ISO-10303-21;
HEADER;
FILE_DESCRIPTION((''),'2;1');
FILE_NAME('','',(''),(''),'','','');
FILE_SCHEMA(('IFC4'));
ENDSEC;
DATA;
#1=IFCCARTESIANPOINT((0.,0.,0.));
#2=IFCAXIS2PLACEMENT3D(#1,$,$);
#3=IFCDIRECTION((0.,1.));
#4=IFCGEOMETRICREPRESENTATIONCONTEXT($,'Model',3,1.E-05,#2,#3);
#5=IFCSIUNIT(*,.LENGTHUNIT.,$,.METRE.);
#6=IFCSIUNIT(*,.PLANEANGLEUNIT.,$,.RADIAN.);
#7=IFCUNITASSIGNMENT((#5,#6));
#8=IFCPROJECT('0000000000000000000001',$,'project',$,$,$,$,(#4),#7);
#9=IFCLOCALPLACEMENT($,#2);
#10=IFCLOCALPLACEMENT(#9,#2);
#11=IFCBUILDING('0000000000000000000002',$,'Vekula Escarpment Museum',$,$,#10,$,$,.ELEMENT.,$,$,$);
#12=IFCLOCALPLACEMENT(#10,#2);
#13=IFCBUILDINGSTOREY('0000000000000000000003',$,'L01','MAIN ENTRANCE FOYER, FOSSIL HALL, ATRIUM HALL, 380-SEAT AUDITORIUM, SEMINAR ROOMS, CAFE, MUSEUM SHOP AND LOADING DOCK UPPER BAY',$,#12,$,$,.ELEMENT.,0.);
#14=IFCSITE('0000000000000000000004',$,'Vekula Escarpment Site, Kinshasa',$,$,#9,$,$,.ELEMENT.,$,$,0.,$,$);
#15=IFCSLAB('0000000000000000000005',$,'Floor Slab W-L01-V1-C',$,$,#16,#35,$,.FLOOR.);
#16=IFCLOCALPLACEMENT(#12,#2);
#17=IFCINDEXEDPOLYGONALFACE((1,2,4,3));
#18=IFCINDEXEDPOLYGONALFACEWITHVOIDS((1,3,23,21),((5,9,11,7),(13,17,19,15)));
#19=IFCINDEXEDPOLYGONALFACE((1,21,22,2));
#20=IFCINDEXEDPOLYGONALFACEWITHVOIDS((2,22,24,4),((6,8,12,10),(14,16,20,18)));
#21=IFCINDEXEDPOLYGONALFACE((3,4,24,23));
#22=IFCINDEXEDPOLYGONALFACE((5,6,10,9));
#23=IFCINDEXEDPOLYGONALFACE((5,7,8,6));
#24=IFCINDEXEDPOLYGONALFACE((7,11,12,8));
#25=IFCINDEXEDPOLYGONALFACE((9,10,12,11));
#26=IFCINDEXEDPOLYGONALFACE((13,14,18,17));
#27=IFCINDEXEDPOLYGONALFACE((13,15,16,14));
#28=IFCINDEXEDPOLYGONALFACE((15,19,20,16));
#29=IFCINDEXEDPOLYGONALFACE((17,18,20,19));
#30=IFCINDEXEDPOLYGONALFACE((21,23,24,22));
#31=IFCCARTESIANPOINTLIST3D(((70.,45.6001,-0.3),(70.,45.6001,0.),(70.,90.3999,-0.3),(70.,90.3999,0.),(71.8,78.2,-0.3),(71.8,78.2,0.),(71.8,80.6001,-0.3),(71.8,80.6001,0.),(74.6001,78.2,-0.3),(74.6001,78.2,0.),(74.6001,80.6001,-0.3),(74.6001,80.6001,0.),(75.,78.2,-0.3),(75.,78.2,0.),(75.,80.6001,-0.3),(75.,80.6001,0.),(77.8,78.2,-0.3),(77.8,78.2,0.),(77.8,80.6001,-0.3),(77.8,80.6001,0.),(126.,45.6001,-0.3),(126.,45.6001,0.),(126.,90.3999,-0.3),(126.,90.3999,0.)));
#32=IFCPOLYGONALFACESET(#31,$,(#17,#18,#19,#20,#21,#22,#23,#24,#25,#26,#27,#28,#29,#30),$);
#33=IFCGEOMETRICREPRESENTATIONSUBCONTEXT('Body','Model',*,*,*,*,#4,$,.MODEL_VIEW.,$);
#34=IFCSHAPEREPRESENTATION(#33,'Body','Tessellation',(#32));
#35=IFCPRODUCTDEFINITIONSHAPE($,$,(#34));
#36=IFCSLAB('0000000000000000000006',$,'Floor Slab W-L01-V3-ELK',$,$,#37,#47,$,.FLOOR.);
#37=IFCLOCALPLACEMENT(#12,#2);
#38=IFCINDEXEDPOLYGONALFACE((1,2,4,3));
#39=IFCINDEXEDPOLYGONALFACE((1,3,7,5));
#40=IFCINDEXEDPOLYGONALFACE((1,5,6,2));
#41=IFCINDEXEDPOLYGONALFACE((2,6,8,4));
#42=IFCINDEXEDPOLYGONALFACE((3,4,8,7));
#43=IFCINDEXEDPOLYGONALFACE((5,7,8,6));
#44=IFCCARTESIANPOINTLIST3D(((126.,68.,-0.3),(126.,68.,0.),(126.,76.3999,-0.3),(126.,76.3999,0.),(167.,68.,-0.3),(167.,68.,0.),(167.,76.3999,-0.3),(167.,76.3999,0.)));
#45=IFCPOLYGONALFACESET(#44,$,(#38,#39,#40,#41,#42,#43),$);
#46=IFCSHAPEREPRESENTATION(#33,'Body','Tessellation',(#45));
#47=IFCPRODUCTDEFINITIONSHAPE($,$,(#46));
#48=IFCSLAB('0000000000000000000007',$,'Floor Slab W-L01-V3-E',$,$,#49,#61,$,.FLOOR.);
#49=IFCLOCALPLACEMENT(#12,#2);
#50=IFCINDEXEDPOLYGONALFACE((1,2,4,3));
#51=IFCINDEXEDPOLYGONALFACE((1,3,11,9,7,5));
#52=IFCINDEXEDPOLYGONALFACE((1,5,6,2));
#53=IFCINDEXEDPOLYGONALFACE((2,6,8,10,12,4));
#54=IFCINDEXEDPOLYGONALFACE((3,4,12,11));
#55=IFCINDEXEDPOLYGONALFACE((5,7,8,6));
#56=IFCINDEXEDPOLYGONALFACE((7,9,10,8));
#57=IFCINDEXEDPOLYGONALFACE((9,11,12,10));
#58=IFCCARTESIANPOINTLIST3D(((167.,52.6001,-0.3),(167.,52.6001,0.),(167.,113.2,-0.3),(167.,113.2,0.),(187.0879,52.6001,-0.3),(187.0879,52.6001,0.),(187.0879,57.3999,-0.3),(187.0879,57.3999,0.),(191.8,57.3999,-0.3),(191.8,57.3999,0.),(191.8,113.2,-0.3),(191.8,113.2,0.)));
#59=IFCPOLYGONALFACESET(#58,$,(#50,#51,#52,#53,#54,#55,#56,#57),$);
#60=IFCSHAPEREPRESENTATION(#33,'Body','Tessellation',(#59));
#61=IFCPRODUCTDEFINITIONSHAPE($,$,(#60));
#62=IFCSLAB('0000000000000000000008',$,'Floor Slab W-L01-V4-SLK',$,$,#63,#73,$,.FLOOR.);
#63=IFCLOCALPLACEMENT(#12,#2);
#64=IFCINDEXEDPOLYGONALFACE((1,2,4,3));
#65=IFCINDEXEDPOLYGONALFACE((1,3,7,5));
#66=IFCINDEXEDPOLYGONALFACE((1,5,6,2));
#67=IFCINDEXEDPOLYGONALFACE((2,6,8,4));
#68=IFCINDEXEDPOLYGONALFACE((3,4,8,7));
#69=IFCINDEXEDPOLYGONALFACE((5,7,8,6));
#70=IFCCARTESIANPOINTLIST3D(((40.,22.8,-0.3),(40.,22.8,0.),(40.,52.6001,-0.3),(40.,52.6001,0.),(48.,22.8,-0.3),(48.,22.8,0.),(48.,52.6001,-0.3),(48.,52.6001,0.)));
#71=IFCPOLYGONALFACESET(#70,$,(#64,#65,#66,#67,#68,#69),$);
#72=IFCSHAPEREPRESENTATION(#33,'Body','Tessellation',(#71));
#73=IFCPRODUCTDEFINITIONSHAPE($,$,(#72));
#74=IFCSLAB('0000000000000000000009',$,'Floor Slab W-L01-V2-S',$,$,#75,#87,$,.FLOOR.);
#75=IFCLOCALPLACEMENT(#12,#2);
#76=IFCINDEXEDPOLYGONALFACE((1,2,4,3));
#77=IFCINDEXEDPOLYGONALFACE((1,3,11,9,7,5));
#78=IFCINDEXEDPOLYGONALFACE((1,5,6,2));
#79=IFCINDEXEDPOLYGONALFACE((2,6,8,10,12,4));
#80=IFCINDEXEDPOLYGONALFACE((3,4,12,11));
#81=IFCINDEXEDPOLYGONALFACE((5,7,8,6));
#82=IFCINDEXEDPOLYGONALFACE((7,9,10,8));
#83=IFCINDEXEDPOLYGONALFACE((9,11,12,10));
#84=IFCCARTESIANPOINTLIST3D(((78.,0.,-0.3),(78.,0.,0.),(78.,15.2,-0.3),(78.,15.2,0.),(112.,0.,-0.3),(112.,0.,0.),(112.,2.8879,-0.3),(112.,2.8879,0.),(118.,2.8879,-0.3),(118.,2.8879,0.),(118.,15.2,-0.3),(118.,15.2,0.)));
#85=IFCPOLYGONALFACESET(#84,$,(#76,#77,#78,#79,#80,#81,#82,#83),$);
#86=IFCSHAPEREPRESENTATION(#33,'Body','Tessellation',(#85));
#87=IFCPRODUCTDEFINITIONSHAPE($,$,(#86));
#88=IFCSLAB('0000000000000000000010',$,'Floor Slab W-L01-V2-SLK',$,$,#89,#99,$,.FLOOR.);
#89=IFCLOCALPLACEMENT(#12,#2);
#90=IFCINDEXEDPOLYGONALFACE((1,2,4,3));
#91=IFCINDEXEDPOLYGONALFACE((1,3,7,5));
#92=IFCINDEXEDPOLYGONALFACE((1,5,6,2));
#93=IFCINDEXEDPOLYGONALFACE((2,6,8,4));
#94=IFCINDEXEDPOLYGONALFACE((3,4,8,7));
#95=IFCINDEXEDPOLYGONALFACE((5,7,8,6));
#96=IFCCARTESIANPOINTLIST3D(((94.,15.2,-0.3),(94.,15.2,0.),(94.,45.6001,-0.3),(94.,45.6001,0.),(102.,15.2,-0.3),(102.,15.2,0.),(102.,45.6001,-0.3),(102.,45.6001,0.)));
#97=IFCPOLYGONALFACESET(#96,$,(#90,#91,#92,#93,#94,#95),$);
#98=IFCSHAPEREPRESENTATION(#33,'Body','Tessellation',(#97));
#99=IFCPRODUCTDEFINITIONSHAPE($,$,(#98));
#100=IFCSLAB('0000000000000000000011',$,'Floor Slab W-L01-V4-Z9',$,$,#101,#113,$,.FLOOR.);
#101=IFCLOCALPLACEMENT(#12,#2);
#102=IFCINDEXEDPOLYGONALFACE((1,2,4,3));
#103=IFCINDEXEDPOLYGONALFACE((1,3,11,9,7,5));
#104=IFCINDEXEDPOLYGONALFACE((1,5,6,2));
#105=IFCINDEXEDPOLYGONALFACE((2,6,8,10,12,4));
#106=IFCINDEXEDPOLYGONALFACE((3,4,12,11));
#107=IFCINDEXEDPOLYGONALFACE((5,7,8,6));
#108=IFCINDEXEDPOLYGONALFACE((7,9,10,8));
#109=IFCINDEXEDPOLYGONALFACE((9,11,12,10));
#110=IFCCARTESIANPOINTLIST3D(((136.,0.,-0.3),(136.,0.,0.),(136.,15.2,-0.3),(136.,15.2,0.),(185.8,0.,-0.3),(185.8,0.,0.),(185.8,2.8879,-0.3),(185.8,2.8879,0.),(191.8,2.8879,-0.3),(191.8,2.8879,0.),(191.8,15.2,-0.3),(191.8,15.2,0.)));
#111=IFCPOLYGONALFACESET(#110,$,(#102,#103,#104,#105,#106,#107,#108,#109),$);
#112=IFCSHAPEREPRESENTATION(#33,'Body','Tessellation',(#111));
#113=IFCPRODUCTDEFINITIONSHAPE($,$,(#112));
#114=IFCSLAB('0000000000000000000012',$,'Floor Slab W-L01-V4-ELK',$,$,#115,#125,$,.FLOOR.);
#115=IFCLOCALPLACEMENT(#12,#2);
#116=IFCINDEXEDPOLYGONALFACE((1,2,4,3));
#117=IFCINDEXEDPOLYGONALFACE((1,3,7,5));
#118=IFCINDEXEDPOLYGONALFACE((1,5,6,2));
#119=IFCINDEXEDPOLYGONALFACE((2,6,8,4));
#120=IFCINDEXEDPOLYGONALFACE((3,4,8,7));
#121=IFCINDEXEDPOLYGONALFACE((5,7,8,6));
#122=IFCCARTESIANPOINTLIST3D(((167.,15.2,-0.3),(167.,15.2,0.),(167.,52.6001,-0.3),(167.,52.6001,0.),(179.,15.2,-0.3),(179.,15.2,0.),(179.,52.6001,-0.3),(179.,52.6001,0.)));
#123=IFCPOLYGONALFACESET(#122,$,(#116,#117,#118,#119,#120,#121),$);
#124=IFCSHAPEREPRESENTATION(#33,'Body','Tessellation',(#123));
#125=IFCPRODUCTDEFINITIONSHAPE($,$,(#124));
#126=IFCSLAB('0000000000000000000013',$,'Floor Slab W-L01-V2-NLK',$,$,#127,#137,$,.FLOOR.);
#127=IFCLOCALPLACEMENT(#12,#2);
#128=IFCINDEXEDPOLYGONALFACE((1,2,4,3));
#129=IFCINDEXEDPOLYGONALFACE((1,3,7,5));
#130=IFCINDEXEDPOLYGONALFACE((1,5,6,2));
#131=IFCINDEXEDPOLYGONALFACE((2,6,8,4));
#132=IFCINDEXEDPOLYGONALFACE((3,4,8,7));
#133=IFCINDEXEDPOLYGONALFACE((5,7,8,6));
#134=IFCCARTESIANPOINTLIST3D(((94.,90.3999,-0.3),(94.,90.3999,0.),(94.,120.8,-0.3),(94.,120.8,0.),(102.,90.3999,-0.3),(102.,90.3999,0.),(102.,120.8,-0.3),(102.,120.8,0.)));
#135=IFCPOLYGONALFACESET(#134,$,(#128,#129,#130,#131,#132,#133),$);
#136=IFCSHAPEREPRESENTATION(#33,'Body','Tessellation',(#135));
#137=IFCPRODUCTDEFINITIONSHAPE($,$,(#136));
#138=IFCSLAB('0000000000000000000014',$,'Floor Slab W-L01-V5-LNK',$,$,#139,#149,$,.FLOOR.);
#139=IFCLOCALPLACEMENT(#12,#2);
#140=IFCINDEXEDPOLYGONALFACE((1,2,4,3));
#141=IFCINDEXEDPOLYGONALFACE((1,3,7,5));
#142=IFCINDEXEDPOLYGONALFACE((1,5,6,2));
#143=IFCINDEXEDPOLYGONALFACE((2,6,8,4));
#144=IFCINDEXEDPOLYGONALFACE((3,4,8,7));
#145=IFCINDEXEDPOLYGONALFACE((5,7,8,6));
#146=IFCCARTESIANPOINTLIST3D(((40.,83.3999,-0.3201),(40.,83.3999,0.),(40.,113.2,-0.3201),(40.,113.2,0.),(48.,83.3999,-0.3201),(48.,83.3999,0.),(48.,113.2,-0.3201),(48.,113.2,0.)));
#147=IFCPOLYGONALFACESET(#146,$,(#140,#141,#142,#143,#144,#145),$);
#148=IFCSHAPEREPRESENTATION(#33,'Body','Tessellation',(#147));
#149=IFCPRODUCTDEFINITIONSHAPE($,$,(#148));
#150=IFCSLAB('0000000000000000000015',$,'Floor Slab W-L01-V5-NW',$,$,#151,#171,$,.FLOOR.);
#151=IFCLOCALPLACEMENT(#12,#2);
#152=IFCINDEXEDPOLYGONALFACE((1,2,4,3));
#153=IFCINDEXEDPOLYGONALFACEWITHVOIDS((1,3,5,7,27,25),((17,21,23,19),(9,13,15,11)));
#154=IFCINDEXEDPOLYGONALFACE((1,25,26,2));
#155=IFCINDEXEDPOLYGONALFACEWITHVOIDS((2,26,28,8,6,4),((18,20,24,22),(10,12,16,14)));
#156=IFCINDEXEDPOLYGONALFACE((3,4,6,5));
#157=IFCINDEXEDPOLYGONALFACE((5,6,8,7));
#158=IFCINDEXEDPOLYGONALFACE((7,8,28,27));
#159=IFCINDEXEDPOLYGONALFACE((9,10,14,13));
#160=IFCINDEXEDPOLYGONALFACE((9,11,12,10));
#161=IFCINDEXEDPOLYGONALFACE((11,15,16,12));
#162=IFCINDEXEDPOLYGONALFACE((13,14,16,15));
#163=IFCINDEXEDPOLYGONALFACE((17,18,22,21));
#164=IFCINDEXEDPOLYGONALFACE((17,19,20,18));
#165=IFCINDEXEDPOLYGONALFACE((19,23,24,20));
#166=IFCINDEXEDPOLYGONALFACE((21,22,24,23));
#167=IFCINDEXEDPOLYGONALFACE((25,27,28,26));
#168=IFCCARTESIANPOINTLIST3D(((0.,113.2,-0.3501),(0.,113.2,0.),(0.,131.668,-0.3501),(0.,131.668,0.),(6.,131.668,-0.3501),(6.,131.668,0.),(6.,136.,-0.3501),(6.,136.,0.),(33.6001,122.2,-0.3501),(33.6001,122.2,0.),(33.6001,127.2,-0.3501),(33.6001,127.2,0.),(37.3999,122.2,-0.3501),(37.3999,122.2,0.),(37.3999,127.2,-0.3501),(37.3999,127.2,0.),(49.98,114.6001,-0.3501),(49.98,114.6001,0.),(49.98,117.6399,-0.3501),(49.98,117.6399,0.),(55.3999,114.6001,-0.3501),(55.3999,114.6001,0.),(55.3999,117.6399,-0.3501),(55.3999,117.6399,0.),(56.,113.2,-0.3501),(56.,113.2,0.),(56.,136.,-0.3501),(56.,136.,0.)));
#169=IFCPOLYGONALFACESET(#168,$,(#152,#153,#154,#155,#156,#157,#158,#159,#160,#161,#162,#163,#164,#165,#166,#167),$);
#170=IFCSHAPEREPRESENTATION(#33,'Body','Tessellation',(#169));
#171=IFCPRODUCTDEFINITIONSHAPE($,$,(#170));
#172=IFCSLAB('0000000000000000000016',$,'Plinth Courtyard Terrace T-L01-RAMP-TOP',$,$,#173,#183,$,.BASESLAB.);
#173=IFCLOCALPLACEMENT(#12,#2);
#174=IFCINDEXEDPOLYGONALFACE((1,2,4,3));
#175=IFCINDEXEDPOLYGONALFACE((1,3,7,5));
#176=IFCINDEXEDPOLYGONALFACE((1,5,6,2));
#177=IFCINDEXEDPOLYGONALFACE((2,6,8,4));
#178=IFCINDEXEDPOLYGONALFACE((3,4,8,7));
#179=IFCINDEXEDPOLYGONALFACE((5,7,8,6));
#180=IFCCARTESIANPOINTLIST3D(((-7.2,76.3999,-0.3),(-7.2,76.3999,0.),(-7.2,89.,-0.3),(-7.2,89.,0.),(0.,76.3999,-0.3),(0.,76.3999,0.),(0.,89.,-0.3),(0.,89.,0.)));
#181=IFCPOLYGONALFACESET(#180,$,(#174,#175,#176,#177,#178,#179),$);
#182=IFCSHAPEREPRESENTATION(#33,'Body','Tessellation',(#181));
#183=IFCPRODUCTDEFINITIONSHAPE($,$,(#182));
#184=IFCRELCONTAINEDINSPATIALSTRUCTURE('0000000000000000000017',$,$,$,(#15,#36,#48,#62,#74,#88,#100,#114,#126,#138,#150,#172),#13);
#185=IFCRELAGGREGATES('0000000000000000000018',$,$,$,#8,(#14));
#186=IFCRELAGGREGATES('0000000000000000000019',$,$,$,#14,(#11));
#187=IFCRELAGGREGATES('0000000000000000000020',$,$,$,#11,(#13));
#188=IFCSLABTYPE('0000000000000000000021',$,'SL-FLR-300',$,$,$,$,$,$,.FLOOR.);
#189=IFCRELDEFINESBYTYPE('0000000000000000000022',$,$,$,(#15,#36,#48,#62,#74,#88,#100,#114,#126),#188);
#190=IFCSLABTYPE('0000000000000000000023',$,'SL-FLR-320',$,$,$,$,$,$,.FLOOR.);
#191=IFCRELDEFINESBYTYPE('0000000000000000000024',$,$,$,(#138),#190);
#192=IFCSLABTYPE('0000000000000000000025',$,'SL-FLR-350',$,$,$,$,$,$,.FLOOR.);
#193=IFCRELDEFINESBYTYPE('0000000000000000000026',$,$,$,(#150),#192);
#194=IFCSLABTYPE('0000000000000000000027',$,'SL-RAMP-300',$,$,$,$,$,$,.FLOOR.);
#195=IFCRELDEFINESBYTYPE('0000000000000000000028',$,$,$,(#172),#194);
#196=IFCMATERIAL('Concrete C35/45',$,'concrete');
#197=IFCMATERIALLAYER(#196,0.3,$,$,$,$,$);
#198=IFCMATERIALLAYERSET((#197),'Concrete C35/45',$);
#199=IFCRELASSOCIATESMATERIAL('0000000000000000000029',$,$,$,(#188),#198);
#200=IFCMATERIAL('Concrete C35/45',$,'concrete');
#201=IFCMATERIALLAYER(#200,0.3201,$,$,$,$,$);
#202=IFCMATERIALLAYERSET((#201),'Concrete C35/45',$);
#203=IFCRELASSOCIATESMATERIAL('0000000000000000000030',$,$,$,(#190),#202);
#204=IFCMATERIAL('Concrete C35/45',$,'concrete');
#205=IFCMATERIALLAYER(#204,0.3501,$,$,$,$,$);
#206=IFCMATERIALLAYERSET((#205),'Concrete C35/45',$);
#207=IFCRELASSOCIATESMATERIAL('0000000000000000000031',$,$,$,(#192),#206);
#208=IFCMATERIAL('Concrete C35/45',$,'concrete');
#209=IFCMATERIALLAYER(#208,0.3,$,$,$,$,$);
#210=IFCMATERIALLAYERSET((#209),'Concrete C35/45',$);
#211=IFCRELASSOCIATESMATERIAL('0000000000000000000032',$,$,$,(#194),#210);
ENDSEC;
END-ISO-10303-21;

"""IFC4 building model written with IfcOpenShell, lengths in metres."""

from ifc_helpers import new_model, si_unit, direction, frame, origin, place, context, subcontext, project, spatial, polyline, outline, extrude, material, layer, layer_set, type_object, element, save


model = new_model("IFC4")

# Units and contexts
model_context = context("Model", 3, precision=1e-05, world=origin(), true_north=direction((0.0, 1.0)))
body_context = subcontext(model_context, "Body", "Model", "MODEL_VIEW")
ifc_project = project(units=[si_unit("LENGTHUNIT", "METRE"), si_unit("PLANEANGLEUNIT", "RADIAN")], contexts=[model_context])

# Site, building, storey
site_placement = place(None, origin())
site = spatial("IfcSite", under=ifc_project, at=site_placement, Name="Vekula Escarpment Site, Kinshasa", CompositionType="ELEMENT", RefElevation=0.0)
building_placement = place(site_placement, origin())
building = spatial("IfcBuilding", under=site, at=building_placement, Name="Vekula Escarpment Museum", CompositionType="ELEMENT")
storey_placement = place(building_placement, origin())
storey = spatial("IfcBuildingStorey", under=building, at=storey_placement, Name="L01", Description="MAIN ENTRANCE FOYER, FOSSIL HALL, ATRIUM HALL, 380-SEAT AUDITORIUM, SEMINAR ROOMS, CAFE, MUSEUM SHOP AND LOADING DOCK UPPER BAY", CompositionType="ELEMENT", Elevation=0.0)

# Slabs
ifc_material_1 = material(Name="Concrete C35/45", Category="concrete")
ifc_layer_1 = layer(ifc_material_1, 0.3)
ifc_layer_set_1 = layer_set([ifc_layer_1], Name="Concrete C35/45")
slab_type_1 = type_object("IfcSlabType", Name="SL-FLR-300", PredefinedType="FLOOR", material=ifc_layer_set_1)
slab_1_placement = place(storey_placement, frame((0.0, 0.0, -0.3)))
element("IfcSlab", 1, at=slab_1_placement, inside=storey, type_object=slab_type_1, Name="Floor Slab W-L01-V1-C", PredefinedType="FLOOR", context=body_context, shape_type="SweptSolid", body=[
    extrude(outline(polyline([(70.0, 45.6001), (126.0, 45.6001), (126.0, 90.3999), (70.0, 90.3999), (70.0, 45.6001)]), holes=[polyline([(71.8, 78.2), (74.6001, 78.2), (74.6001, 80.6001), (71.8, 80.6001), (71.8, 78.2)]), polyline([(75.0, 78.2), (77.8, 78.2), (77.8, 80.6001), (75.0, 80.6001), (75.0, 78.2)])]), origin(), (0.0, 0.0, 1.0), 0.3),
])
slab_2_placement = place(storey_placement, frame((0.0, 0.0, -0.3)))
element("IfcSlab", 2, at=slab_2_placement, inside=storey, type_object=slab_type_1, Name="Floor Slab W-L01-V3-ELK", PredefinedType="FLOOR", context=body_context, shape_type="SweptSolid", body=[
    extrude(outline(polyline([(126.0, 68.0), (167.0, 68.0), (167.0, 76.3999), (126.0, 76.3999), (126.0, 68.0)])), origin(), (0.0, 0.0, 1.0), 0.3),
])
slab_3_placement = place(storey_placement, frame((0.0, 0.0, -0.3)))
element("IfcSlab", 3, at=slab_3_placement, inside=storey, type_object=slab_type_1, Name="Floor Slab W-L01-V3-E", PredefinedType="FLOOR", context=body_context, shape_type="SweptSolid", body=[
    extrude(outline(polyline([(167.0, 52.6001), (187.0879, 52.6001), (187.0879, 57.3999), (191.8, 57.3999), (191.8, 113.2), (167.0, 113.2), (167.0, 52.6001)])), origin(), (0.0, 0.0, 1.0), 0.3),
])
slab_4_placement = place(storey_placement, frame((0.0, 0.0, -0.3)))
element("IfcSlab", 4, at=slab_4_placement, inside=storey, type_object=slab_type_1, Name="Floor Slab W-L01-V4-SLK", PredefinedType="FLOOR", context=body_context, shape_type="SweptSolid", body=[
    extrude(outline(polyline([(40.0, 22.8), (48.0, 22.8), (48.0, 52.6001), (40.0, 52.6001), (40.0, 22.8)])), origin(), (0.0, 0.0, 1.0), 0.3),
])
slab_5_placement = place(storey_placement, frame((0.0, 0.0, -0.3)))
element("IfcSlab", 5, at=slab_5_placement, inside=storey, type_object=slab_type_1, Name="Floor Slab W-L01-V2-S", PredefinedType="FLOOR", context=body_context, shape_type="SweptSolid", body=[
    extrude(outline(polyline([(78.0, 0.0), (112.0, 0.0), (112.0, 2.8879), (118.0, 2.8879), (118.0, 15.2), (78.0, 15.2), (78.0, 0.0)])), origin(), (0.0, 0.0, 1.0), 0.3),
])
slab_6_placement = place(storey_placement, frame((0.0, 0.0, -0.3)))
element("IfcSlab", 6, at=slab_6_placement, inside=storey, type_object=slab_type_1, Name="Floor Slab W-L01-V2-SLK", PredefinedType="FLOOR", context=body_context, shape_type="SweptSolid", body=[
    extrude(outline(polyline([(94.0, 15.2), (102.0, 15.2), (102.0, 45.6001), (94.0, 45.6001), (94.0, 15.2)])), origin(), (0.0, 0.0, 1.0), 0.3),
])
slab_7_placement = place(storey_placement, frame((0.0, 0.0, -0.3)))
element("IfcSlab", 7, at=slab_7_placement, inside=storey, type_object=slab_type_1, Name="Floor Slab W-L01-V4-Z9", PredefinedType="FLOOR", context=body_context, shape_type="SweptSolid", body=[
    extrude(outline(polyline([(136.0, 0.0), (185.8, 0.0), (185.8, 2.8879), (191.8, 2.8879), (191.8, 15.2), (136.0, 15.2), (136.0, 0.0)])), origin(), (0.0, 0.0, 1.0), 0.3),
])
slab_8_placement = place(storey_placement, frame((0.0, 0.0, -0.3)))
element("IfcSlab", 8, at=slab_8_placement, inside=storey, type_object=slab_type_1, Name="Floor Slab W-L01-V4-ELK", PredefinedType="FLOOR", context=body_context, shape_type="SweptSolid", body=[
    extrude(outline(polyline([(167.0, 15.2), (179.0, 15.2), (179.0, 52.6001), (167.0, 52.6001), (167.0, 15.2)])), origin(), (0.0, 0.0, 1.0), 0.3),
])
slab_9_placement = place(storey_placement, frame((0.0, 0.0, -0.3)))
element("IfcSlab", 9, at=slab_9_placement, inside=storey, type_object=slab_type_1, Name="Floor Slab W-L01-V2-NLK", PredefinedType="FLOOR", context=body_context, shape_type="SweptSolid", body=[
    extrude(outline(polyline([(94.0, 90.3999), (102.0, 90.3999), (102.0, 120.8), (94.0, 120.8), (94.0, 90.3999)])), origin(), (0.0, 0.0, 1.0), 0.3),
])
ifc_material_2 = material(Name="Concrete C35/45", Category="concrete")
ifc_layer_2 = layer(ifc_material_2, 0.3201)
ifc_layer_set_2 = layer_set([ifc_layer_2], Name="Concrete C35/45")
slab_type_2 = type_object("IfcSlabType", Name="SL-FLR-320", PredefinedType="FLOOR", material=ifc_layer_set_2)
slab_10_placement = place(storey_placement, frame((0.0, 0.0, -0.3201)))
element("IfcSlab", 10, at=slab_10_placement, inside=storey, type_object=slab_type_2, Name="Floor Slab W-L01-V5-LNK", PredefinedType="FLOOR", context=body_context, shape_type="SweptSolid", body=[
    extrude(outline(polyline([(40.0, 83.3999), (48.0, 83.3999), (48.0, 113.2), (40.0, 113.2), (40.0, 83.3999)])), origin(), (0.0, 0.0, 1.0), 0.3201),
])
ifc_material_3 = material(Name="Concrete C35/45", Category="concrete")
ifc_layer_3 = layer(ifc_material_3, 0.3501)
ifc_layer_set_3 = layer_set([ifc_layer_3], Name="Concrete C35/45")
slab_type_3 = type_object("IfcSlabType", Name="SL-FLR-350", PredefinedType="FLOOR", material=ifc_layer_set_3)
slab_11_placement = place(storey_placement, frame((0.0, 0.0, -0.3501)))
element("IfcSlab", 11, at=slab_11_placement, inside=storey, type_object=slab_type_3, Name="Floor Slab W-L01-V5-NW", PredefinedType="FLOOR", context=body_context, shape_type="SweptSolid", body=[
    extrude(outline(polyline([(0.0, 113.2), (56.0, 113.2), (56.0, 136.0), (6.0, 136.0), (6.0, 131.668), (0.0, 131.668), (0.0, 113.2)]), holes=[polyline([(49.98, 114.6001), (55.3999, 114.6001), (55.3999, 117.6399), (49.98, 117.6399), (49.98, 114.6001)]), polyline([(33.6001, 122.2), (37.3999, 122.2), (37.3999, 127.2), (33.6001, 127.2), (33.6001, 122.2)])]), origin(), (0.0, 0.0, 1.0), 0.3501),
])
ifc_material_4 = material(Name="Concrete C35/45", Category="concrete")
ifc_layer_4 = layer(ifc_material_4, 0.3)
ifc_layer_set_4 = layer_set([ifc_layer_4], Name="Concrete C35/45")
slab_type_4 = type_object("IfcSlabType", Name="SL-RAMP-300", PredefinedType="FLOOR", material=ifc_layer_set_4)
slab_12_placement = place(storey_placement, frame((0.0, 0.0, -0.3)))
element("IfcSlab", 12, at=slab_12_placement, inside=storey, type_object=slab_type_4, Name="Plinth Courtyard Terrace T-L01-RAMP-TOP", PredefinedType="BASESLAB", context=body_context, shape_type="SweptSolid", body=[
    extrude(outline(polyline([(-7.2, 76.3999), (0.0, 76.3999), (0.0, 89.0), (-7.2, 89.0), (-7.2, 76.3999)])), origin(), (0.0, 0.0, 1.0), 0.3),
])

save(model, "model.ifc")
